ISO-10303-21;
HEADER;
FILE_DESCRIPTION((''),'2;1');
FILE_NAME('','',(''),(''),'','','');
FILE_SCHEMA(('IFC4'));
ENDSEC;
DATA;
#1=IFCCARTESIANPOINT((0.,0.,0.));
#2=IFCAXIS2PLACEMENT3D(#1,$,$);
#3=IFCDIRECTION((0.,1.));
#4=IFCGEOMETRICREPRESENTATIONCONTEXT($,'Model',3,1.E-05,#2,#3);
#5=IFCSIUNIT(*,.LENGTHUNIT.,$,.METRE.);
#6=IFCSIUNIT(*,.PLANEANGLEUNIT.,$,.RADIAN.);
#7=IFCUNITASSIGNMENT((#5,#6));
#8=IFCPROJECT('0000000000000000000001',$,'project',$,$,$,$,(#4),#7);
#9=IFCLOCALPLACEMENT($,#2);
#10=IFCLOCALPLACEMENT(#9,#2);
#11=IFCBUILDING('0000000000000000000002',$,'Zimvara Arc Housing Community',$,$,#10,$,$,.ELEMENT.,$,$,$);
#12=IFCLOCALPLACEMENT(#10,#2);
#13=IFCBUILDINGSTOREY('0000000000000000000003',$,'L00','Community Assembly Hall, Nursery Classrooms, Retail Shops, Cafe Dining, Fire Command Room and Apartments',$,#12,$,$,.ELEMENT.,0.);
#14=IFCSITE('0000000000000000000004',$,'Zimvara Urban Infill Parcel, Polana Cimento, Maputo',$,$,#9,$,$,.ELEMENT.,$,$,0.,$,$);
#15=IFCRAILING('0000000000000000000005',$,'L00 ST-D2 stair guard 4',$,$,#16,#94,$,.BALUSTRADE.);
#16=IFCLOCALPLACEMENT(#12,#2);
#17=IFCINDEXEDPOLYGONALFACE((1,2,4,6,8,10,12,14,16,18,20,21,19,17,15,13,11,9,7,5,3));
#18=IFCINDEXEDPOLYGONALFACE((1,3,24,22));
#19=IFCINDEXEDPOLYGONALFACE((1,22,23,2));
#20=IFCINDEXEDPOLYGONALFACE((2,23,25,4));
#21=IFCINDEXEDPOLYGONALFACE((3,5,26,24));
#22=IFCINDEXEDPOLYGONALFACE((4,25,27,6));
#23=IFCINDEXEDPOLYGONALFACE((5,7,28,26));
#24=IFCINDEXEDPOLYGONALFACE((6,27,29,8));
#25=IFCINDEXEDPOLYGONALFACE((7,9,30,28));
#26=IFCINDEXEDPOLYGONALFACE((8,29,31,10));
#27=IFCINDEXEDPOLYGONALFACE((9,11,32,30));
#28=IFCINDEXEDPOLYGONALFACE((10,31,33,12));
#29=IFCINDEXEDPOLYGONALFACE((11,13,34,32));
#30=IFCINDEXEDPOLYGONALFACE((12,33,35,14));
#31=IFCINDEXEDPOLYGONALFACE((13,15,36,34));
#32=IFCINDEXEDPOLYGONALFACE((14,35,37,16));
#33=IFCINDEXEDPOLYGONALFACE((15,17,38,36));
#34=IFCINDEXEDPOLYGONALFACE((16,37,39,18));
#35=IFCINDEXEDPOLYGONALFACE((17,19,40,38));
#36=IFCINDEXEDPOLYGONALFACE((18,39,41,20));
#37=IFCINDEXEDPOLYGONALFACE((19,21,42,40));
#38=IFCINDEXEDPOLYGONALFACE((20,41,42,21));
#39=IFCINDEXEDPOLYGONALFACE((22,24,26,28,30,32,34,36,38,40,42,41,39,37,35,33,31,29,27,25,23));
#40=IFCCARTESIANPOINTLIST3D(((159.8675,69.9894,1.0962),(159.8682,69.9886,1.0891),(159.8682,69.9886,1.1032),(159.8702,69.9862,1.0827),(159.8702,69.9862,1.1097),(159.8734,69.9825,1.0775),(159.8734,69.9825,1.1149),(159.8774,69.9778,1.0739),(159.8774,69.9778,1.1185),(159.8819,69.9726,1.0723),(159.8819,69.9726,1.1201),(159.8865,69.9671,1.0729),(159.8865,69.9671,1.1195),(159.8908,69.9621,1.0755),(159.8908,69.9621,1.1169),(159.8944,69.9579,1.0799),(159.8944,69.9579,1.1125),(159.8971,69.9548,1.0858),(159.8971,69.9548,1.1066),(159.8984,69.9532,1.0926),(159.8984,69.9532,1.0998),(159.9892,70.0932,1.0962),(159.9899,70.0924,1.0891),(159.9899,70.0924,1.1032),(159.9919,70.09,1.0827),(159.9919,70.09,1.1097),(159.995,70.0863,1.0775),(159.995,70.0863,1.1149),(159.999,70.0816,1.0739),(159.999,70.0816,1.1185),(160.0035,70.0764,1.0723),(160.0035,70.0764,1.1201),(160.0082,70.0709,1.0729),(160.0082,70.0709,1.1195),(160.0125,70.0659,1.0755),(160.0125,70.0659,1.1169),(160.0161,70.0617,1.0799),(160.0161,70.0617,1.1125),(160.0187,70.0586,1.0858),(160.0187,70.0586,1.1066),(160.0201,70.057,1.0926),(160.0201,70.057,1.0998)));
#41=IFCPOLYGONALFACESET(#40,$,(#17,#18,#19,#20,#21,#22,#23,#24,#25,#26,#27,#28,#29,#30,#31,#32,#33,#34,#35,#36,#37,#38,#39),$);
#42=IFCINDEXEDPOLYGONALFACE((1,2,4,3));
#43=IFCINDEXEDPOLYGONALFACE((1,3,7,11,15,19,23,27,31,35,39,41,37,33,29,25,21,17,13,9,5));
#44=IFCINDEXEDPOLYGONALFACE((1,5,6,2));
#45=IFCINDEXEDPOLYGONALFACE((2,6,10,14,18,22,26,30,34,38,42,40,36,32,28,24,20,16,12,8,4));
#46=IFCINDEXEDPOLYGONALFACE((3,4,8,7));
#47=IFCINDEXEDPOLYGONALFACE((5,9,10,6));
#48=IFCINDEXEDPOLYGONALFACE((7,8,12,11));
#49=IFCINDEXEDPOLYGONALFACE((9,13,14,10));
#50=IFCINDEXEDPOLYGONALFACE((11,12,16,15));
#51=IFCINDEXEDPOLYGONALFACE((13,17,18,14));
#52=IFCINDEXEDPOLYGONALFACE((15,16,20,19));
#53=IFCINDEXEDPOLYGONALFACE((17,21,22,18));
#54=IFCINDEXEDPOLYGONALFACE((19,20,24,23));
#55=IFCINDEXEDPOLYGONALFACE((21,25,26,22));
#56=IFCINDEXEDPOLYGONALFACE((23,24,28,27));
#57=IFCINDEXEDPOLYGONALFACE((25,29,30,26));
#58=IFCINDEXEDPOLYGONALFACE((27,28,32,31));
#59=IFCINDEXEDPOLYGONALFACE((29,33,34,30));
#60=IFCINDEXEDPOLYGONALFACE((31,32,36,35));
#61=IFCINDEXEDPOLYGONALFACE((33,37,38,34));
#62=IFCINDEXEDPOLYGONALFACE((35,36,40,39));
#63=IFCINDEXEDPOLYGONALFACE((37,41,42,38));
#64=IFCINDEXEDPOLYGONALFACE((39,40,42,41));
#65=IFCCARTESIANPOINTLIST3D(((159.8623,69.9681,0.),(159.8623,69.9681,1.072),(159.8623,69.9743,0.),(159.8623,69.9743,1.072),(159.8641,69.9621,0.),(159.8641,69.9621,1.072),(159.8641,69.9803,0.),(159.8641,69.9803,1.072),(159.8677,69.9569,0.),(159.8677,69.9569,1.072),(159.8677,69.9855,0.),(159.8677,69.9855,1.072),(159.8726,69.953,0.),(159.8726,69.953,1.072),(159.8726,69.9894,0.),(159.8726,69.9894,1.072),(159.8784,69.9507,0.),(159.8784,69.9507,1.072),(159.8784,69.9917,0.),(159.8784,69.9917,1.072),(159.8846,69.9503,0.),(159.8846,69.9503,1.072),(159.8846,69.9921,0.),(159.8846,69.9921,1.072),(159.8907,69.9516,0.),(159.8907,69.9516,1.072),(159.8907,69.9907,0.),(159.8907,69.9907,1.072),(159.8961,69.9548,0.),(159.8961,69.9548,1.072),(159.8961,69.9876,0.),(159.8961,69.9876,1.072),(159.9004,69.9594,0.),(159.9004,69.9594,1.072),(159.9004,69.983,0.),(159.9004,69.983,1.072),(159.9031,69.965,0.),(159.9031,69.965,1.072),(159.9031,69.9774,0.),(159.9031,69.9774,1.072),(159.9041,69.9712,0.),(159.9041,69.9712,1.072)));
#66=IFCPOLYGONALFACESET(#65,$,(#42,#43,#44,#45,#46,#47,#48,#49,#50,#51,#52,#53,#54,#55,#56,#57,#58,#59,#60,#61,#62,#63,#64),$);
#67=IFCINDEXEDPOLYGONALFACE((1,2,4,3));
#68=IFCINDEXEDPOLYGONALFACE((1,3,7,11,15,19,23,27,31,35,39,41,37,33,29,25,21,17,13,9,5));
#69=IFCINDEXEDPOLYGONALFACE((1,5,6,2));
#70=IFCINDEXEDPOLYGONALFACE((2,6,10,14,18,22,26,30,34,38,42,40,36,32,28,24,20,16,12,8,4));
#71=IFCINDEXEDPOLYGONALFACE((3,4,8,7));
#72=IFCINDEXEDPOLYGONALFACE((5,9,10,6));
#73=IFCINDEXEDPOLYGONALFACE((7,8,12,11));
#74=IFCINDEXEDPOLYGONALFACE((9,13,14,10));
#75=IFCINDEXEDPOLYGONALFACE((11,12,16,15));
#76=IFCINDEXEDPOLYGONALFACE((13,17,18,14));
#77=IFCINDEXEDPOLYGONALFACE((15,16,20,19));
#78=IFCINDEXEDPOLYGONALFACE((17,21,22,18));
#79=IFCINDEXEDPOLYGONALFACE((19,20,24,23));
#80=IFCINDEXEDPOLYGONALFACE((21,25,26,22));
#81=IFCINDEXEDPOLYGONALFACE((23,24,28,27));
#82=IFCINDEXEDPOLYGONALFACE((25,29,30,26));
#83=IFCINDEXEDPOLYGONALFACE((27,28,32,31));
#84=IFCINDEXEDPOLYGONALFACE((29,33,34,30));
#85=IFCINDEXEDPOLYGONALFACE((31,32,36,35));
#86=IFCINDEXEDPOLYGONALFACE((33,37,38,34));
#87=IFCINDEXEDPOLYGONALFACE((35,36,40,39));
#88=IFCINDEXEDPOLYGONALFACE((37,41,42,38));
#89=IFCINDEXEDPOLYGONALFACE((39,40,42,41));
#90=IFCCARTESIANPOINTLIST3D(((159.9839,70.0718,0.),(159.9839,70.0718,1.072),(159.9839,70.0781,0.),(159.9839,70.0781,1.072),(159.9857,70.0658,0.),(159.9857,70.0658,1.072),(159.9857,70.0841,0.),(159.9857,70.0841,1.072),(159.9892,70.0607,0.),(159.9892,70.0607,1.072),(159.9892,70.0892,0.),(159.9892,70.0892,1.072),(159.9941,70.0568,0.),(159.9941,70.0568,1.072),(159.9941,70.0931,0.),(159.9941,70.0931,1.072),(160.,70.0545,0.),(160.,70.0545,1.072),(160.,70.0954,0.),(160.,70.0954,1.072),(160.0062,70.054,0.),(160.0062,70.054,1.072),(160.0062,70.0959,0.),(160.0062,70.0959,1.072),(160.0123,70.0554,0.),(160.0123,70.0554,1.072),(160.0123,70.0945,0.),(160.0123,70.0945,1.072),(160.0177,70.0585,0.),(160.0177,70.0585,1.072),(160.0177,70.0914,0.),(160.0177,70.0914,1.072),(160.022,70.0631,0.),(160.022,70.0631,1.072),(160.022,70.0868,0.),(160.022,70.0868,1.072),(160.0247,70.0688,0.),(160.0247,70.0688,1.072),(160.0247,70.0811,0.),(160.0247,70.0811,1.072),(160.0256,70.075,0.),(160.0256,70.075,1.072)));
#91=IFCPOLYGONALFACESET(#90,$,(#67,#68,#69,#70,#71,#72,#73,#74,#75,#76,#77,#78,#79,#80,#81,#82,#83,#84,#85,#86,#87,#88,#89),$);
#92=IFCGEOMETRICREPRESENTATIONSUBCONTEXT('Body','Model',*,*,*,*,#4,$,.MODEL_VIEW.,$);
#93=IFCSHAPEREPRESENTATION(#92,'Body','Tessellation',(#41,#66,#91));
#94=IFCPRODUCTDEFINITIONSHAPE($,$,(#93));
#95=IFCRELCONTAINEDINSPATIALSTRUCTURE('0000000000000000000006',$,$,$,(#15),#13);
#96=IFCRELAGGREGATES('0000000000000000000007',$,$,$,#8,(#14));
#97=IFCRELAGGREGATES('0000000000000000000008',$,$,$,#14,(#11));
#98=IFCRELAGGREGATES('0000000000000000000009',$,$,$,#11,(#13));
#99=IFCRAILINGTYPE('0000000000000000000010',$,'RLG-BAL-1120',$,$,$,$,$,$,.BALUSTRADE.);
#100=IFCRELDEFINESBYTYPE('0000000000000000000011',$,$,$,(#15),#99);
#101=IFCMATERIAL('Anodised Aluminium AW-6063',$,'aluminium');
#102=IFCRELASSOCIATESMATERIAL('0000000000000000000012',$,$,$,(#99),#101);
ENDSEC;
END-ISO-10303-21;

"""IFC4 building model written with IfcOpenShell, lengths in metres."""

from ifc_helpers import new_model, si_unit, direction, frame, origin, origin_2d, place, context, subcontext, project, spatial, circle, extrude, material, type_object, element, save


model = new_model("IFC4")

# Units and contexts
model_context = context("Model", 3, precision=1e-05, world=origin(), true_north=direction((0.0, 1.0)))
body_context = subcontext(model_context, "Body", "Model", "MODEL_VIEW")
ifc_project = project(units=[si_unit("LENGTHUNIT", "METRE"), si_unit("PLANEANGLEUNIT", "RADIAN")], contexts=[model_context])

# Site, building, storey
site_placement = place(None, origin())
site = spatial("IfcSite", under=ifc_project, at=site_placement, Name="Zimvara Urban Infill Parcel, Polana Cimento, Maputo", CompositionType="ELEMENT", RefElevation=0.0)
building_placement = place(site_placement, origin())
building = spatial("IfcBuilding", under=site, at=building_placement, Name="Zimvara Arc Housing Community", CompositionType="ELEMENT")
storey_placement = place(building_placement, origin())
storey = spatial("IfcBuildingStorey", under=building, at=storey_placement, Name="L00", Description="Community Assembly Hall, Nursery Classrooms, Retail Shops, Cafe Dining, Fire Command Room and Apartments", CompositionType="ELEMENT", Elevation=0.0)

# Railing
ifc_material_1 = material(Name="Anodised Aluminium AW-6063", Category="aluminium")
railing_type_1 = type_object("IfcRailingType", Name="RLG-BAL-1120", PredefinedType="BALUSTRADE", material=ifc_material_1)
railing_1_placement = place(storey_placement, frame((159.8831, 69.9712, 0.0)))
element("IfcRailing", 1, at=railing_1_placement, inside=storey, type_object=railing_type_1, Name="L00 ST-D2 stair guard 4", PredefinedType="BALUSTRADE", context=body_context, shape_type="SweptSolid", body=[
    extrude(circle(Radius=0.0239, at=origin_2d()), frame((0.0, 0.0, 1.0962), z_axis=(0.760656, 0.649155, 0.0), x_axis=(-0.649155, 0.760656, 0.0)), (0.0, 0.0, 1.0), 0.1599),
    extrude(circle(Radius=0.021, at=origin_2d()), origin(), (0.0, 0.0, 1.0), 1.072),
    extrude(circle(Radius=0.021, at=origin_2d()), frame((0.1216, 0.1038, 0.0)), (0.0, 0.0, 1.0), 1.072),
])

save(model, "model.ifc")
